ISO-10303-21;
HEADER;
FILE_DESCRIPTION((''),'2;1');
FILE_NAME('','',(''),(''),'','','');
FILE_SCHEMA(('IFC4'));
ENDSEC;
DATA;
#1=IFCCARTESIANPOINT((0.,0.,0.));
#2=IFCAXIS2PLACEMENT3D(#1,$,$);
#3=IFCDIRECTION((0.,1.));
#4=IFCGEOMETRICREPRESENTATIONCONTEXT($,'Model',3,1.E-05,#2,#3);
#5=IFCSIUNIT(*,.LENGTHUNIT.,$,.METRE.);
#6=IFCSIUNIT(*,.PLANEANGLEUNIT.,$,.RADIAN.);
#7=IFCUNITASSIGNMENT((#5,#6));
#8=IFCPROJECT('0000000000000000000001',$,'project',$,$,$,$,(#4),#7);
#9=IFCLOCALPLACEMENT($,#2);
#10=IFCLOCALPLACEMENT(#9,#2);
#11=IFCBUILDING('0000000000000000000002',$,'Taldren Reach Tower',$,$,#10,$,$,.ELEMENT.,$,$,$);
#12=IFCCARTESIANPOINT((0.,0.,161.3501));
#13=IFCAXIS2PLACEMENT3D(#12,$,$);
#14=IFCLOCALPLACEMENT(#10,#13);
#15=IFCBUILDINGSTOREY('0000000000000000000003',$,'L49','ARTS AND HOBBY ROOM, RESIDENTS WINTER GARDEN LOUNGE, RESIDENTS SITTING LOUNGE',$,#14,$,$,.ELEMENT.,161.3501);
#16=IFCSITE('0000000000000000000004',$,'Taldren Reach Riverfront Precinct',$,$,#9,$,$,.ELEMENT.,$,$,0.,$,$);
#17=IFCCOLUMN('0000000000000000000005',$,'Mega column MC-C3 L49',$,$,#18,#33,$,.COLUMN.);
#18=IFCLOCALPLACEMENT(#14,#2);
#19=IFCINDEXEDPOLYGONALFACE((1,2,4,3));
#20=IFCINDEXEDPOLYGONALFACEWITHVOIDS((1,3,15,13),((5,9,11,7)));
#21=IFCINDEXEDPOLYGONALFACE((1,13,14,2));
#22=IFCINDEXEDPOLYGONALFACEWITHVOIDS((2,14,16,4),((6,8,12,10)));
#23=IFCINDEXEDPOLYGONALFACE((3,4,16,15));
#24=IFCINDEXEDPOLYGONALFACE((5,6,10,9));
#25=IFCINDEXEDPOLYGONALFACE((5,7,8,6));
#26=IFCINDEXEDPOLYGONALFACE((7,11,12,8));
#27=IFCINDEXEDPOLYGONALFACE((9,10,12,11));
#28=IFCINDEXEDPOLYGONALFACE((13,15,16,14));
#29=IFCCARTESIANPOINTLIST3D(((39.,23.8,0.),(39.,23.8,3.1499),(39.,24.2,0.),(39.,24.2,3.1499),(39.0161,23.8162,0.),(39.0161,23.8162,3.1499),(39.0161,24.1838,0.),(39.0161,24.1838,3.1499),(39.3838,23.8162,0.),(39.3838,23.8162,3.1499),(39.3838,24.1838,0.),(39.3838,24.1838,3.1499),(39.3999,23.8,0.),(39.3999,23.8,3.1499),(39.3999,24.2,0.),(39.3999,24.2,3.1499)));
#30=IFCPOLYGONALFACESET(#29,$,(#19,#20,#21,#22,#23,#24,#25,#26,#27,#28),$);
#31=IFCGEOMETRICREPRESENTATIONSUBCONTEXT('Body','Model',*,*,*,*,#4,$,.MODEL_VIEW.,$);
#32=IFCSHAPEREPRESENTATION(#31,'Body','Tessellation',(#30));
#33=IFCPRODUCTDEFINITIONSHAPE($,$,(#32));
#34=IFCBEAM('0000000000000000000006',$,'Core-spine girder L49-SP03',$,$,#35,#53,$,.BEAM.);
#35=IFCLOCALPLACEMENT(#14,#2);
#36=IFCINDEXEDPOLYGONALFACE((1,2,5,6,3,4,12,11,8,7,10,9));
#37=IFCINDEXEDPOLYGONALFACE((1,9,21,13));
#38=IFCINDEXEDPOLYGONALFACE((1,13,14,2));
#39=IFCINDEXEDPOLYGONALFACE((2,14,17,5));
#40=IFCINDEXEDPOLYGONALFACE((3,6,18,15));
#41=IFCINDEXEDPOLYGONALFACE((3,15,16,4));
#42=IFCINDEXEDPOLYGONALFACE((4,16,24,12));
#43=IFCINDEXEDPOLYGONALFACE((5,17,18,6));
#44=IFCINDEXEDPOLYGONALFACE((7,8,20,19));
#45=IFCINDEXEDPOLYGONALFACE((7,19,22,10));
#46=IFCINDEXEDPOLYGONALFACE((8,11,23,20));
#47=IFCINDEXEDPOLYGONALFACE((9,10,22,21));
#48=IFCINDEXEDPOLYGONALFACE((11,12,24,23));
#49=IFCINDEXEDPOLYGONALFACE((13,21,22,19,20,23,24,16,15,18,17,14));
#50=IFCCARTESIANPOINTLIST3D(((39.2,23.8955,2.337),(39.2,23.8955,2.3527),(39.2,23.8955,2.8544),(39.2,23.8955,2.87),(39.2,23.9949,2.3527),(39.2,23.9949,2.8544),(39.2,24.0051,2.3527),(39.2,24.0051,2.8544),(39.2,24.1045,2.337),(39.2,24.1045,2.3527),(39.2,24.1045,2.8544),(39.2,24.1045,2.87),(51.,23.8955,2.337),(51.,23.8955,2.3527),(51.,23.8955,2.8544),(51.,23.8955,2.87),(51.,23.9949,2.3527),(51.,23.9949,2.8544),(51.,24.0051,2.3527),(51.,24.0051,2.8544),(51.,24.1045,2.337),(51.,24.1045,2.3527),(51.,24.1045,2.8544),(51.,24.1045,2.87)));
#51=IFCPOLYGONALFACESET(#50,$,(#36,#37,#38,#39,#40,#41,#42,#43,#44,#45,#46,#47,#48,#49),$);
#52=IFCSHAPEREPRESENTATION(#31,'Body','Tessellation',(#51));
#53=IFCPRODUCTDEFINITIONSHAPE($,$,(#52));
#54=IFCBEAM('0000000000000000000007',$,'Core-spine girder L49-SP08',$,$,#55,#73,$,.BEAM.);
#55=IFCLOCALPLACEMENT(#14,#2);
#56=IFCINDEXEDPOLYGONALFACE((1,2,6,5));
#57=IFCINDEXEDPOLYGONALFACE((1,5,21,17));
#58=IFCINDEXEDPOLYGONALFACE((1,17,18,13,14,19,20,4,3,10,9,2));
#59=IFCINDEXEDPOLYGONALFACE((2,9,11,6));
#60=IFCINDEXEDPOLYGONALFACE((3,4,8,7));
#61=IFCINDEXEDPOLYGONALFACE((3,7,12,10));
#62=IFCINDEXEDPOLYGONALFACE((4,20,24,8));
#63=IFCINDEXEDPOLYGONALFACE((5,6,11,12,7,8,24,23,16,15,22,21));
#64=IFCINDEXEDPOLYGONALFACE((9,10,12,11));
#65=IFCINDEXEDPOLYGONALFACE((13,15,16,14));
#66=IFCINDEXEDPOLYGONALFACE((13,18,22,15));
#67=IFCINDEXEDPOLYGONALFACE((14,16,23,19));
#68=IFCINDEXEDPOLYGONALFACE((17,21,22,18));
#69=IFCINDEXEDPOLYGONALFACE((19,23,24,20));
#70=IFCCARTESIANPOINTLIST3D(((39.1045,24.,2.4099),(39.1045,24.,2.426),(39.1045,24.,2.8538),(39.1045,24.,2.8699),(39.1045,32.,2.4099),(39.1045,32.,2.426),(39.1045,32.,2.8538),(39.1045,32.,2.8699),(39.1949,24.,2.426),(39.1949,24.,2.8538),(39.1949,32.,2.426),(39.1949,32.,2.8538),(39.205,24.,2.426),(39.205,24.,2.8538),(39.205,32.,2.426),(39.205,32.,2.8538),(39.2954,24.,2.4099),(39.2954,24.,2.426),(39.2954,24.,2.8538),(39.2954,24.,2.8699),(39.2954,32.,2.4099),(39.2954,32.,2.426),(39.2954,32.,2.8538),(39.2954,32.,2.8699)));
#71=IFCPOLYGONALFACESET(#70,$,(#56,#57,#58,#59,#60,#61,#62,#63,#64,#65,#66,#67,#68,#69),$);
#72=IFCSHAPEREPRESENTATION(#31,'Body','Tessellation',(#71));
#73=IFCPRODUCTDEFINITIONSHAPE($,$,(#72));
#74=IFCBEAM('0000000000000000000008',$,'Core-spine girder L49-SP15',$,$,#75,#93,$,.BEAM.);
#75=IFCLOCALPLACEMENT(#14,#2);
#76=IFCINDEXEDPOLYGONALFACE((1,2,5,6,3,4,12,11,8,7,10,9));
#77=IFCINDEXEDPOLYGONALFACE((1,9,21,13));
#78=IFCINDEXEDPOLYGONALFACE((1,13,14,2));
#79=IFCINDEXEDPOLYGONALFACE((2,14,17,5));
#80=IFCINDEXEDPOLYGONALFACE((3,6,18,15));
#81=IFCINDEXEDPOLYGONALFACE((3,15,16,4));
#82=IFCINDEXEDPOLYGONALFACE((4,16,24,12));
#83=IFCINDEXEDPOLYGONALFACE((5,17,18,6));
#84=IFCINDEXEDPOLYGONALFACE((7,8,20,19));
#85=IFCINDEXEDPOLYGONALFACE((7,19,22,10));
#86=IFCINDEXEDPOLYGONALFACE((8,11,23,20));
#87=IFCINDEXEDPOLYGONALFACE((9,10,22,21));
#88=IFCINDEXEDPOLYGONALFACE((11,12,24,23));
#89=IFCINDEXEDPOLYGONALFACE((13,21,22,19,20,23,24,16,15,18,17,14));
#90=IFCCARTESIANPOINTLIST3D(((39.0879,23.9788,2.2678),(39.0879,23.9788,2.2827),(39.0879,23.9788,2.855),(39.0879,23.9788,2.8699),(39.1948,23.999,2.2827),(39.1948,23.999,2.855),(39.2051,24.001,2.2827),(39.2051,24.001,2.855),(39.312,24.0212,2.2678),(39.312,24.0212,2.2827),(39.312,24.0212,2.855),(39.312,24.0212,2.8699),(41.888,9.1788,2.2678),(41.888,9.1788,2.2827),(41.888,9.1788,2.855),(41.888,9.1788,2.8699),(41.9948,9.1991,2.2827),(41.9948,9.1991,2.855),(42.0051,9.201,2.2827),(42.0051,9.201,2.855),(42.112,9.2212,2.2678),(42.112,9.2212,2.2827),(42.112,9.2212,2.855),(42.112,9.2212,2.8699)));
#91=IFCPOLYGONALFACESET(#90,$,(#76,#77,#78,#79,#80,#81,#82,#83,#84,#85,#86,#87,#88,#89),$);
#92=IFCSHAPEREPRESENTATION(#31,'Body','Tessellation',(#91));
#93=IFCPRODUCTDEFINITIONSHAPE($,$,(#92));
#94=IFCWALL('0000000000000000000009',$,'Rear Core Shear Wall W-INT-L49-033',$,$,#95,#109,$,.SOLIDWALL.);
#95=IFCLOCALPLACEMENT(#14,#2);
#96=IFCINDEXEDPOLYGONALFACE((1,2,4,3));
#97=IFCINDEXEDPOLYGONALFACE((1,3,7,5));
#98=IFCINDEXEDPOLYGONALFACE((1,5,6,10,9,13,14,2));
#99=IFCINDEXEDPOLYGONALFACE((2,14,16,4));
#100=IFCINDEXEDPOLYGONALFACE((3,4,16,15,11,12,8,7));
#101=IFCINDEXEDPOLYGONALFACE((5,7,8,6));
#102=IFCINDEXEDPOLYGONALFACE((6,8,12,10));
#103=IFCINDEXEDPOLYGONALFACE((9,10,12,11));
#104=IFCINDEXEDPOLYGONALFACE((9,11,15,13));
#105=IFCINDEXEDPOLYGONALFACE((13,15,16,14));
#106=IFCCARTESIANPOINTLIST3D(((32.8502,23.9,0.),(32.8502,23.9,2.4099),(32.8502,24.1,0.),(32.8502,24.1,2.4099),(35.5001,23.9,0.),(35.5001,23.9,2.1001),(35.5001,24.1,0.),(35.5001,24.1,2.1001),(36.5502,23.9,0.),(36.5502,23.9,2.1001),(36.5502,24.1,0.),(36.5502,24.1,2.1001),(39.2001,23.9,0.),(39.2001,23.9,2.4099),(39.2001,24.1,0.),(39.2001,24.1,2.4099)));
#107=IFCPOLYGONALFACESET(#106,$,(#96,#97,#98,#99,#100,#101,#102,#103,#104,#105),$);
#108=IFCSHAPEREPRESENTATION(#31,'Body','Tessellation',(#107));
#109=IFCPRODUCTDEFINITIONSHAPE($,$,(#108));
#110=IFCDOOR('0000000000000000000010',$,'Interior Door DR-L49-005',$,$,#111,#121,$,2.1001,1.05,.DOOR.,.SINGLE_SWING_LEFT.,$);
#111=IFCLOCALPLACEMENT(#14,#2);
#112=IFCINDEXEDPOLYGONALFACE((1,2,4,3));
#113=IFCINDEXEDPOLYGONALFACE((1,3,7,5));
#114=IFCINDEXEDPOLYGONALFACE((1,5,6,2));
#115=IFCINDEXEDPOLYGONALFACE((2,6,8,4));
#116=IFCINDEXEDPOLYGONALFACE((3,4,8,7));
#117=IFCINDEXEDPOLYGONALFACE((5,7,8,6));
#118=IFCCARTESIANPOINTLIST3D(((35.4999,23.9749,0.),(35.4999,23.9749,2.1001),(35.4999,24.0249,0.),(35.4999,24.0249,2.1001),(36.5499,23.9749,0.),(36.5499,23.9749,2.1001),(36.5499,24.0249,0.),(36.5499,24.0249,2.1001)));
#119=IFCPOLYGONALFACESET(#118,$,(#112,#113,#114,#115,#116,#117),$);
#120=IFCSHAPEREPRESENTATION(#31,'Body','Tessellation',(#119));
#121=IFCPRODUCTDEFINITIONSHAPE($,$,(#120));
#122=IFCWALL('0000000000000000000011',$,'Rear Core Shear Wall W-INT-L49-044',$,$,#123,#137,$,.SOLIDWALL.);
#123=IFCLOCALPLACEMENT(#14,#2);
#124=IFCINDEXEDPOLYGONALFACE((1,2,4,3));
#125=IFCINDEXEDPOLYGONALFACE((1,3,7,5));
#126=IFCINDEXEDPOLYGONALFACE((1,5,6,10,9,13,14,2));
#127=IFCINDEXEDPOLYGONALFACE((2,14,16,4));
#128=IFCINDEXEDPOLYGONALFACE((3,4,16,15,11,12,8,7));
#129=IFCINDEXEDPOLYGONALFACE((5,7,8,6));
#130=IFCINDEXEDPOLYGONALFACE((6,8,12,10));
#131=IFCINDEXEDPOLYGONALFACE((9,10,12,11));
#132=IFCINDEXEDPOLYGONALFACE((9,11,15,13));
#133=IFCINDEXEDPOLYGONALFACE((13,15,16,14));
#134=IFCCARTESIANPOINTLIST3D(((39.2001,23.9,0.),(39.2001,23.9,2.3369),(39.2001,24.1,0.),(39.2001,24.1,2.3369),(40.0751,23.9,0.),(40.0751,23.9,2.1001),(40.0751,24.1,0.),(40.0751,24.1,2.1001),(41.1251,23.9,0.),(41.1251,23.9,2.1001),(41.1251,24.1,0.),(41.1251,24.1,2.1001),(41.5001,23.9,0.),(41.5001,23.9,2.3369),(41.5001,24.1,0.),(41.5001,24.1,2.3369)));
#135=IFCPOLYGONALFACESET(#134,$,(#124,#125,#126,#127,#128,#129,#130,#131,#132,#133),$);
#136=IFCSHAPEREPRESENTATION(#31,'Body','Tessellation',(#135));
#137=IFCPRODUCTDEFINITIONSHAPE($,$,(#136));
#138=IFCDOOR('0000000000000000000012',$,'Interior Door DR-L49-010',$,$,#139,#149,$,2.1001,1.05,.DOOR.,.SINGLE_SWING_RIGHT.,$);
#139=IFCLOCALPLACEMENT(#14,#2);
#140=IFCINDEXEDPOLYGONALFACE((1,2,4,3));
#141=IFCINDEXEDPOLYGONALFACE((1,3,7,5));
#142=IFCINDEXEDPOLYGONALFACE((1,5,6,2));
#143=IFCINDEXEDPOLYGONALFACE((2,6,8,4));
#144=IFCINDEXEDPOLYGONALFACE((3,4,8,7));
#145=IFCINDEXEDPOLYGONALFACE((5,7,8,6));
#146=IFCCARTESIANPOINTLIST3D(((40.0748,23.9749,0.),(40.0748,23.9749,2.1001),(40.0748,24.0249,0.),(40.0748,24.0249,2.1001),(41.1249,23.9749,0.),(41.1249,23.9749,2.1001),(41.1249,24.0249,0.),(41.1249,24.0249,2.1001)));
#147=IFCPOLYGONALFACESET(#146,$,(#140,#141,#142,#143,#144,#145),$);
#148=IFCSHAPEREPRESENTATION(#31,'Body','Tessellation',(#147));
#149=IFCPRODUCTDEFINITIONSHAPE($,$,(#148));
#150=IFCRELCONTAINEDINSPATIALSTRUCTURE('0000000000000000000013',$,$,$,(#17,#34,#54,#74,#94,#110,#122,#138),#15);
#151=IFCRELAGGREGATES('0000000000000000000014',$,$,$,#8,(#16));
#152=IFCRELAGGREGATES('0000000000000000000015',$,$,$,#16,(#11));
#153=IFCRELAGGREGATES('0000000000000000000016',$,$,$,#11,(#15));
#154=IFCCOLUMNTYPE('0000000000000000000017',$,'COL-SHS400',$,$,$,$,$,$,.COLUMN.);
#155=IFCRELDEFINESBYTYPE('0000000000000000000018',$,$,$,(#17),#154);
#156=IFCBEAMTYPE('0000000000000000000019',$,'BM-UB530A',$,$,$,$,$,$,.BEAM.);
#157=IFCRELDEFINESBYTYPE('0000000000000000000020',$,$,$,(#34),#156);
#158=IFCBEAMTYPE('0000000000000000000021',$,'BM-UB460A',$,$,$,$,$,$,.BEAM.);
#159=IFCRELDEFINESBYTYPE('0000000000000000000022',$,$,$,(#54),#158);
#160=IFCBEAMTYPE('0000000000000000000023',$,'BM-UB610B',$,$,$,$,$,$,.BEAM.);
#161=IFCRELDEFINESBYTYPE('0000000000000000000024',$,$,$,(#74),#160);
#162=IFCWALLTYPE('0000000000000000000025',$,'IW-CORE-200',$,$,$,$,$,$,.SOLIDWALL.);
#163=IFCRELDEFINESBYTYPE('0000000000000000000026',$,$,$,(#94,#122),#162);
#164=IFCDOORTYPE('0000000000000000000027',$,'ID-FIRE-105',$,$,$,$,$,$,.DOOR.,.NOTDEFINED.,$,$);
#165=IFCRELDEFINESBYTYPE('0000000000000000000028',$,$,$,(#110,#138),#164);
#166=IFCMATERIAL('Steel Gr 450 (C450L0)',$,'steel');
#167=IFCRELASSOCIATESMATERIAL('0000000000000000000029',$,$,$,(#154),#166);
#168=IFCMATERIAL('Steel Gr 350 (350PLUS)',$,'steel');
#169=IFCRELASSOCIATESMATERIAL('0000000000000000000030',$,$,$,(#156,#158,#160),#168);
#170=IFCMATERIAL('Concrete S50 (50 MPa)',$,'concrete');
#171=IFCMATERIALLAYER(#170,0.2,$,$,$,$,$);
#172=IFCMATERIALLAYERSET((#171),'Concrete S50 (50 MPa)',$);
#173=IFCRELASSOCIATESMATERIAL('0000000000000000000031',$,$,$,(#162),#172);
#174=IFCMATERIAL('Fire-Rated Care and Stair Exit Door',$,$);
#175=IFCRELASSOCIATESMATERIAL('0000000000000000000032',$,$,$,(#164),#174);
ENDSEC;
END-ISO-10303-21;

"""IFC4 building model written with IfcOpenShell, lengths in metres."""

from ifc_helpers import new_model, si_unit, direction, frame, frame_2d, origin, origin_2d, place, context, subcontext, project, spatial, rectangle, hollow_rectangle, i_section, extrude, source, transform, mapped, material, layer, layer_set, material_profile, profile_set, type_object, element, fill, save


model = new_model("IFC4")

# Units and contexts
model_context = context("Model", 3, precision=1e-05, world=origin(), true_north=direction((0.0, 1.0)))
body_context = subcontext(model_context, "Body", "Model", "MODEL_VIEW")
ifc_project = project(units=[si_unit("LENGTHUNIT", "METRE"), si_unit("PLANEANGLEUNIT", "RADIAN")], contexts=[model_context])

# Site, building, storey
site_placement = place(None, origin())
site = spatial("IfcSite", under=ifc_project, at=site_placement, Name="Taldren Reach Riverfront Precinct", CompositionType="ELEMENT", RefElevation=0.0)
building_placement = place(site_placement, origin())
building = spatial("IfcBuilding", under=site, at=building_placement, Name="Taldren Reach Tower", CompositionType="ELEMENT")
storey_placement = place(building_placement, frame((0.0, 0.0, 161.3501)))
storey = spatial("IfcBuildingStorey", under=building, at=storey_placement, Name="L49", Description="ARTS AND HOBBY ROOM, RESIDENTS WINTER GARDEN LOUNGE, RESIDENTS SITTING LOUNGE", CompositionType="ELEMENT", Elevation=161.3501)

# Column
ifc_material_1 = material(Name="Steel Gr 450 (C450L0)", Category="steel")
ifc_material_profile_1 = material_profile(ifc_material_1, hollow_rectangle(XDim=0.3999, YDim=0.3999, WallThickness=0.0161, at=origin_2d()), Name="400x400x16.0SHS")
ifc_profile_set_1 = profile_set([ifc_material_profile_1], Name="Steel Gr 450 (C450L0)")
column_type = type_object("IfcColumnType", Name="COL-SHS400", PredefinedType="COLUMN", material=ifc_profile_set_1)
shared_shape_1 = source(origin(), body_context, "Body", "SweptSolid", [
    extrude(hollow_rectangle(XDim=0.3999, YDim=0.3999, WallThickness=0.0161, at=origin_2d()), origin(), (0.0, 0.0, 1.0), 3.1499),
])
column_placement = place(storey_placement, frame((39.2, 24.0, 0.0), z_axis=(0.0, 0.0, 1.0), x_axis=(1.0, 0.0, 0.0)))
element("IfcColumn", 1, at=column_placement, inside=storey, type_object=column_type, Name="Mega column MC-C3 L49", PredefinedType="COLUMN", context=body_context, shape_type="MappedRepresentation", body=[
    mapped(shared_shape_1, transform((0.0, 0.0, 0.0), scale=1.0)),
])

# Beams
ifc_material_2 = material(Name="Steel Gr 350 (350PLUS)", Category="steel")
ifc_material_profile_2 = material_profile(ifc_material_2, i_section(OverallWidth=0.209, OverallDepth=0.533, WebThickness=0.0103, FlangeThickness=0.0156, at=origin_2d()), Name="530UB92.4")
ifc_profile_set_2 = profile_set([ifc_material_profile_2], Name="Steel Gr 350 (350PLUS)")
beam_type_1 = type_object("IfcBeamType", Name="BM-UB530A", PredefinedType="BEAM", material=ifc_profile_set_2)
shared_shape_2 = source(origin(), body_context, "Body", "SweptSolid", [
    extrude(i_section(OverallWidth=0.209, OverallDepth=0.533, WebThickness=0.0103, FlangeThickness=0.0156, at=origin_2d()), origin(), (0.0, 0.0, 1.0), 11.8),
])
beam_1_placement = place(storey_placement, frame((39.2, 24.0, 2.6035), z_axis=(1.0, 0.0, 0.0), x_axis=(0.0, 1.0, 0.0)))
element("IfcBeam", 2, at=beam_1_placement, inside=storey, type_object=beam_type_1, Name="Core-spine girder L49-SP03", PredefinedType="BEAM", context=body_context, shape_type="MappedRepresentation", body=[
    mapped(shared_shape_2, transform((0.0, 0.0, 0.0), scale=1.0)),
])
ifc_material_profile_3 = material_profile(ifc_material_2, i_section(OverallWidth=0.1909, OverallDepth=0.46, WebThickness=0.01, FlangeThickness=0.0161, at=origin_2d()), Name="460UB82.1")
ifc_profile_set_3 = profile_set([ifc_material_profile_3], Name="Steel Gr 350 (350PLUS)")
beam_type_2 = type_object("IfcBeamType", Name="BM-UB460A", PredefinedType="BEAM", material=ifc_profile_set_3)
shared_shape_3 = source(origin(), body_context, "Body", "SweptSolid", [
    extrude(i_section(OverallWidth=0.1909, OverallDepth=0.46, WebThickness=0.01, FlangeThickness=0.0161, at=origin_2d()), origin(), (0.0, 0.0, 1.0), 8.0),
])
beam_2_placement = place(storey_placement, frame((39.2, 24.0, 2.6399), z_axis=(0.0, 1.0, 0.0), x_axis=(-1.0, 0.0, 0.0)))
element("IfcBeam", 3, at=beam_2_placement, inside=storey, type_object=beam_type_2, Name="Core-spine girder L49-SP08", PredefinedType="BEAM", context=body_context, shape_type="MappedRepresentation", body=[
    mapped(shared_shape_3, transform((0.0, 0.0, 0.0), scale=1.0)),
])
ifc_material_profile_4 = material_profile(ifc_material_2, i_section(OverallWidth=0.228, OverallDepth=0.6021, WebThickness=0.0105, FlangeThickness=0.0149, at=origin_2d()), Name="610UB101")
ifc_profile_set_4 = profile_set([ifc_material_profile_4], Name="Steel Gr 350 (350PLUS)")
beam_type_3 = type_object("IfcBeamType", Name="BM-UB610B", PredefinedType="BEAM", material=ifc_profile_set_4)
shared_shape_4 = source(origin(), body_context, "Body", "SweptSolid", [
    extrude(i_section(OverallWidth=0.228, OverallDepth=0.6021, WebThickness=0.0105, FlangeThickness=0.0149, at=origin_2d()), origin(), (0.0, 0.0, 1.0), 15.0625),
])
beam_3_placement = place(storey_placement, frame((39.2, 24.0, 2.5688), z_axis=(0.185894, -0.98257, 0.0), x_axis=(0.98257, 0.185894, 0.0)))
element("IfcBeam", 4, at=beam_3_placement, inside=storey, type_object=beam_type_3, Name="Core-spine girder L49-SP15", PredefinedType="BEAM", context=body_context, shape_type="MappedRepresentation", body=[
    mapped(shared_shape_4, transform((0.0, 0.0, 0.0), scale=1.0)),
])

# Walls, openings, doors
ifc_material_3 = material(Name="Concrete S50 (50 MPa)", Category="concrete")
ifc_layer_1 = layer(ifc_material_3, 0.2)
ifc_layer_set_1 = layer_set([ifc_layer_1], Name="Concrete S50 (50 MPa)")
wall_type_1 = type_object("IfcWallType", Name="IW-CORE-200", PredefinedType="SOLIDWALL", material=ifc_layer_set_1)
shared_shape_5 = source(origin(), body_context, "Body", "SweptSolid", [
    extrude(rectangle(XDim=6.3499, YDim=0.2, at=frame_2d((3.1748, 0.0))), origin(), (0.0, 0.0, 1.0), 2.4099),
])
wall_1_placement = place(storey_placement, frame((39.2, 24.0, 0.0), z_axis=(0.0, 0.0, 1.0), x_axis=(-1.0, 0.0, 0.0)))
wall_1 = element("IfcWall", 5, at=wall_1_placement, inside=storey, type_object=wall_type_1, Name="Rear Core Shear Wall W-INT-L49-033", PredefinedType="SOLIDWALL", context=body_context, shape_type="MappedRepresentation", body=[
    mapped(shared_shape_5, transform((0.0, 0.0, 0.0), scale=1.0)),
])
shared_shape_6 = source(origin(), body_context, "Body", "SweptSolid", [
    extrude(rectangle(XDim=1.05, YDim=2.1001, at=frame_2d((0.5249, 1.05))), frame((0.0, 0.1099, 0.0), z_axis=(0.0, -1.0, 0.0), x_axis=(1.0, 0.0, 0.0)), (0.0, 0.0, 1.0), 0.22),
])
opening_1_placement = place(wall_1_placement, frame((2.6499, 0.0, 0.0)))
opening_1 = element("IfcOpeningElement", 6, at=opening_1_placement, cuts=wall_1, PredefinedType="OPENING", context=body_context, shape_type="MappedRepresentation", body=[
    mapped(shared_shape_6, transform((0.0, 0.0, 0.0), scale=1.0)),
])
ifc_material_4 = material(Name="Fire-Rated Care and Stair Exit Door")
door_type_1 = type_object("IfcDoorType", Name="ID-FIRE-105", OperationType="NOTDEFINED", PredefinedType="DOOR", material=ifc_material_4)
shared_shape_7 = source(origin(), body_context, "Body", "SweptSolid", [
    extrude(rectangle(XDim=1.05, YDim=2.1001, at=frame_2d((0.5249, 1.05))), frame((0.0, 0.0249, 0.0), z_axis=(0.0, -1.0, 0.0), x_axis=(1.0, 0.0, 0.0)), (0.0, 0.0, 1.0), 0.05),
])
door_1_placement = place(opening_1_placement, frame((1.05, 0.0, 0.0), z_axis=(0.0, 0.0, 1.0), x_axis=(-1.0, 0.0, 0.0)))
door_1 = element("IfcDoor", 7, at=door_1_placement, inside=storey, type_object=door_type_1, Name="Interior Door DR-L49-005", OperationType="SINGLE_SWING_LEFT", OverallHeight=2.1001, OverallWidth=1.05, PredefinedType="DOOR", context=body_context, shape_type="MappedRepresentation", body=[
    mapped(shared_shape_7, transform((0.0, 0.0, 0.0), scale=1.0)),
])
fill(opening_1, door_1)
shared_shape_8 = source(origin(), body_context, "Body", "SweptSolid", [
    extrude(rectangle(XDim=2.3, YDim=0.2, at=frame_2d((1.1499, 0.0))), origin(), (0.0, 0.0, 1.0), 2.3369),
])
wall_2_placement = place(storey_placement, frame((41.5, 24.0, 0.0), z_axis=(0.0, 0.0, 1.0), x_axis=(-1.0, 0.0, 0.0)))
wall_2 = element("IfcWall", 8, at=wall_2_placement, inside=storey, type_object=wall_type_1, Name="Rear Core Shear Wall W-INT-L49-044", PredefinedType="SOLIDWALL", context=body_context, shape_type="MappedRepresentation", body=[
    mapped(shared_shape_8, transform((0.0, 0.0, 0.0), scale=1.0)),
])
opening_2_placement = place(wall_2_placement, frame((0.375, 0.0, 0.0)))
opening_2 = element("IfcOpeningElement", 9, at=opening_2_placement, cuts=wall_2, PredefinedType="OPENING", context=body_context, shape_type="MappedRepresentation", body=[
    mapped(shared_shape_6, transform((0.0, 0.0, 0.0), scale=1.0)),
])
door_2_placement = place(opening_2_placement, frame((1.05, 0.0, 0.0), z_axis=(0.0, 0.0, 1.0), x_axis=(-1.0, 0.0, 0.0)))
door_2 = element("IfcDoor", 10, at=door_2_placement, inside=storey, type_object=door_type_1, Name="Interior Door DR-L49-010", OperationType="SINGLE_SWING_RIGHT", OverallHeight=2.1001, OverallWidth=1.05, PredefinedType="DOOR", context=body_context, shape_type="MappedRepresentation", body=[
    mapped(shared_shape_7, transform((0.0, 0.0, 0.0), scale=1.0)),
])
fill(opening_2, door_2)

save(model, "model.ifc")
